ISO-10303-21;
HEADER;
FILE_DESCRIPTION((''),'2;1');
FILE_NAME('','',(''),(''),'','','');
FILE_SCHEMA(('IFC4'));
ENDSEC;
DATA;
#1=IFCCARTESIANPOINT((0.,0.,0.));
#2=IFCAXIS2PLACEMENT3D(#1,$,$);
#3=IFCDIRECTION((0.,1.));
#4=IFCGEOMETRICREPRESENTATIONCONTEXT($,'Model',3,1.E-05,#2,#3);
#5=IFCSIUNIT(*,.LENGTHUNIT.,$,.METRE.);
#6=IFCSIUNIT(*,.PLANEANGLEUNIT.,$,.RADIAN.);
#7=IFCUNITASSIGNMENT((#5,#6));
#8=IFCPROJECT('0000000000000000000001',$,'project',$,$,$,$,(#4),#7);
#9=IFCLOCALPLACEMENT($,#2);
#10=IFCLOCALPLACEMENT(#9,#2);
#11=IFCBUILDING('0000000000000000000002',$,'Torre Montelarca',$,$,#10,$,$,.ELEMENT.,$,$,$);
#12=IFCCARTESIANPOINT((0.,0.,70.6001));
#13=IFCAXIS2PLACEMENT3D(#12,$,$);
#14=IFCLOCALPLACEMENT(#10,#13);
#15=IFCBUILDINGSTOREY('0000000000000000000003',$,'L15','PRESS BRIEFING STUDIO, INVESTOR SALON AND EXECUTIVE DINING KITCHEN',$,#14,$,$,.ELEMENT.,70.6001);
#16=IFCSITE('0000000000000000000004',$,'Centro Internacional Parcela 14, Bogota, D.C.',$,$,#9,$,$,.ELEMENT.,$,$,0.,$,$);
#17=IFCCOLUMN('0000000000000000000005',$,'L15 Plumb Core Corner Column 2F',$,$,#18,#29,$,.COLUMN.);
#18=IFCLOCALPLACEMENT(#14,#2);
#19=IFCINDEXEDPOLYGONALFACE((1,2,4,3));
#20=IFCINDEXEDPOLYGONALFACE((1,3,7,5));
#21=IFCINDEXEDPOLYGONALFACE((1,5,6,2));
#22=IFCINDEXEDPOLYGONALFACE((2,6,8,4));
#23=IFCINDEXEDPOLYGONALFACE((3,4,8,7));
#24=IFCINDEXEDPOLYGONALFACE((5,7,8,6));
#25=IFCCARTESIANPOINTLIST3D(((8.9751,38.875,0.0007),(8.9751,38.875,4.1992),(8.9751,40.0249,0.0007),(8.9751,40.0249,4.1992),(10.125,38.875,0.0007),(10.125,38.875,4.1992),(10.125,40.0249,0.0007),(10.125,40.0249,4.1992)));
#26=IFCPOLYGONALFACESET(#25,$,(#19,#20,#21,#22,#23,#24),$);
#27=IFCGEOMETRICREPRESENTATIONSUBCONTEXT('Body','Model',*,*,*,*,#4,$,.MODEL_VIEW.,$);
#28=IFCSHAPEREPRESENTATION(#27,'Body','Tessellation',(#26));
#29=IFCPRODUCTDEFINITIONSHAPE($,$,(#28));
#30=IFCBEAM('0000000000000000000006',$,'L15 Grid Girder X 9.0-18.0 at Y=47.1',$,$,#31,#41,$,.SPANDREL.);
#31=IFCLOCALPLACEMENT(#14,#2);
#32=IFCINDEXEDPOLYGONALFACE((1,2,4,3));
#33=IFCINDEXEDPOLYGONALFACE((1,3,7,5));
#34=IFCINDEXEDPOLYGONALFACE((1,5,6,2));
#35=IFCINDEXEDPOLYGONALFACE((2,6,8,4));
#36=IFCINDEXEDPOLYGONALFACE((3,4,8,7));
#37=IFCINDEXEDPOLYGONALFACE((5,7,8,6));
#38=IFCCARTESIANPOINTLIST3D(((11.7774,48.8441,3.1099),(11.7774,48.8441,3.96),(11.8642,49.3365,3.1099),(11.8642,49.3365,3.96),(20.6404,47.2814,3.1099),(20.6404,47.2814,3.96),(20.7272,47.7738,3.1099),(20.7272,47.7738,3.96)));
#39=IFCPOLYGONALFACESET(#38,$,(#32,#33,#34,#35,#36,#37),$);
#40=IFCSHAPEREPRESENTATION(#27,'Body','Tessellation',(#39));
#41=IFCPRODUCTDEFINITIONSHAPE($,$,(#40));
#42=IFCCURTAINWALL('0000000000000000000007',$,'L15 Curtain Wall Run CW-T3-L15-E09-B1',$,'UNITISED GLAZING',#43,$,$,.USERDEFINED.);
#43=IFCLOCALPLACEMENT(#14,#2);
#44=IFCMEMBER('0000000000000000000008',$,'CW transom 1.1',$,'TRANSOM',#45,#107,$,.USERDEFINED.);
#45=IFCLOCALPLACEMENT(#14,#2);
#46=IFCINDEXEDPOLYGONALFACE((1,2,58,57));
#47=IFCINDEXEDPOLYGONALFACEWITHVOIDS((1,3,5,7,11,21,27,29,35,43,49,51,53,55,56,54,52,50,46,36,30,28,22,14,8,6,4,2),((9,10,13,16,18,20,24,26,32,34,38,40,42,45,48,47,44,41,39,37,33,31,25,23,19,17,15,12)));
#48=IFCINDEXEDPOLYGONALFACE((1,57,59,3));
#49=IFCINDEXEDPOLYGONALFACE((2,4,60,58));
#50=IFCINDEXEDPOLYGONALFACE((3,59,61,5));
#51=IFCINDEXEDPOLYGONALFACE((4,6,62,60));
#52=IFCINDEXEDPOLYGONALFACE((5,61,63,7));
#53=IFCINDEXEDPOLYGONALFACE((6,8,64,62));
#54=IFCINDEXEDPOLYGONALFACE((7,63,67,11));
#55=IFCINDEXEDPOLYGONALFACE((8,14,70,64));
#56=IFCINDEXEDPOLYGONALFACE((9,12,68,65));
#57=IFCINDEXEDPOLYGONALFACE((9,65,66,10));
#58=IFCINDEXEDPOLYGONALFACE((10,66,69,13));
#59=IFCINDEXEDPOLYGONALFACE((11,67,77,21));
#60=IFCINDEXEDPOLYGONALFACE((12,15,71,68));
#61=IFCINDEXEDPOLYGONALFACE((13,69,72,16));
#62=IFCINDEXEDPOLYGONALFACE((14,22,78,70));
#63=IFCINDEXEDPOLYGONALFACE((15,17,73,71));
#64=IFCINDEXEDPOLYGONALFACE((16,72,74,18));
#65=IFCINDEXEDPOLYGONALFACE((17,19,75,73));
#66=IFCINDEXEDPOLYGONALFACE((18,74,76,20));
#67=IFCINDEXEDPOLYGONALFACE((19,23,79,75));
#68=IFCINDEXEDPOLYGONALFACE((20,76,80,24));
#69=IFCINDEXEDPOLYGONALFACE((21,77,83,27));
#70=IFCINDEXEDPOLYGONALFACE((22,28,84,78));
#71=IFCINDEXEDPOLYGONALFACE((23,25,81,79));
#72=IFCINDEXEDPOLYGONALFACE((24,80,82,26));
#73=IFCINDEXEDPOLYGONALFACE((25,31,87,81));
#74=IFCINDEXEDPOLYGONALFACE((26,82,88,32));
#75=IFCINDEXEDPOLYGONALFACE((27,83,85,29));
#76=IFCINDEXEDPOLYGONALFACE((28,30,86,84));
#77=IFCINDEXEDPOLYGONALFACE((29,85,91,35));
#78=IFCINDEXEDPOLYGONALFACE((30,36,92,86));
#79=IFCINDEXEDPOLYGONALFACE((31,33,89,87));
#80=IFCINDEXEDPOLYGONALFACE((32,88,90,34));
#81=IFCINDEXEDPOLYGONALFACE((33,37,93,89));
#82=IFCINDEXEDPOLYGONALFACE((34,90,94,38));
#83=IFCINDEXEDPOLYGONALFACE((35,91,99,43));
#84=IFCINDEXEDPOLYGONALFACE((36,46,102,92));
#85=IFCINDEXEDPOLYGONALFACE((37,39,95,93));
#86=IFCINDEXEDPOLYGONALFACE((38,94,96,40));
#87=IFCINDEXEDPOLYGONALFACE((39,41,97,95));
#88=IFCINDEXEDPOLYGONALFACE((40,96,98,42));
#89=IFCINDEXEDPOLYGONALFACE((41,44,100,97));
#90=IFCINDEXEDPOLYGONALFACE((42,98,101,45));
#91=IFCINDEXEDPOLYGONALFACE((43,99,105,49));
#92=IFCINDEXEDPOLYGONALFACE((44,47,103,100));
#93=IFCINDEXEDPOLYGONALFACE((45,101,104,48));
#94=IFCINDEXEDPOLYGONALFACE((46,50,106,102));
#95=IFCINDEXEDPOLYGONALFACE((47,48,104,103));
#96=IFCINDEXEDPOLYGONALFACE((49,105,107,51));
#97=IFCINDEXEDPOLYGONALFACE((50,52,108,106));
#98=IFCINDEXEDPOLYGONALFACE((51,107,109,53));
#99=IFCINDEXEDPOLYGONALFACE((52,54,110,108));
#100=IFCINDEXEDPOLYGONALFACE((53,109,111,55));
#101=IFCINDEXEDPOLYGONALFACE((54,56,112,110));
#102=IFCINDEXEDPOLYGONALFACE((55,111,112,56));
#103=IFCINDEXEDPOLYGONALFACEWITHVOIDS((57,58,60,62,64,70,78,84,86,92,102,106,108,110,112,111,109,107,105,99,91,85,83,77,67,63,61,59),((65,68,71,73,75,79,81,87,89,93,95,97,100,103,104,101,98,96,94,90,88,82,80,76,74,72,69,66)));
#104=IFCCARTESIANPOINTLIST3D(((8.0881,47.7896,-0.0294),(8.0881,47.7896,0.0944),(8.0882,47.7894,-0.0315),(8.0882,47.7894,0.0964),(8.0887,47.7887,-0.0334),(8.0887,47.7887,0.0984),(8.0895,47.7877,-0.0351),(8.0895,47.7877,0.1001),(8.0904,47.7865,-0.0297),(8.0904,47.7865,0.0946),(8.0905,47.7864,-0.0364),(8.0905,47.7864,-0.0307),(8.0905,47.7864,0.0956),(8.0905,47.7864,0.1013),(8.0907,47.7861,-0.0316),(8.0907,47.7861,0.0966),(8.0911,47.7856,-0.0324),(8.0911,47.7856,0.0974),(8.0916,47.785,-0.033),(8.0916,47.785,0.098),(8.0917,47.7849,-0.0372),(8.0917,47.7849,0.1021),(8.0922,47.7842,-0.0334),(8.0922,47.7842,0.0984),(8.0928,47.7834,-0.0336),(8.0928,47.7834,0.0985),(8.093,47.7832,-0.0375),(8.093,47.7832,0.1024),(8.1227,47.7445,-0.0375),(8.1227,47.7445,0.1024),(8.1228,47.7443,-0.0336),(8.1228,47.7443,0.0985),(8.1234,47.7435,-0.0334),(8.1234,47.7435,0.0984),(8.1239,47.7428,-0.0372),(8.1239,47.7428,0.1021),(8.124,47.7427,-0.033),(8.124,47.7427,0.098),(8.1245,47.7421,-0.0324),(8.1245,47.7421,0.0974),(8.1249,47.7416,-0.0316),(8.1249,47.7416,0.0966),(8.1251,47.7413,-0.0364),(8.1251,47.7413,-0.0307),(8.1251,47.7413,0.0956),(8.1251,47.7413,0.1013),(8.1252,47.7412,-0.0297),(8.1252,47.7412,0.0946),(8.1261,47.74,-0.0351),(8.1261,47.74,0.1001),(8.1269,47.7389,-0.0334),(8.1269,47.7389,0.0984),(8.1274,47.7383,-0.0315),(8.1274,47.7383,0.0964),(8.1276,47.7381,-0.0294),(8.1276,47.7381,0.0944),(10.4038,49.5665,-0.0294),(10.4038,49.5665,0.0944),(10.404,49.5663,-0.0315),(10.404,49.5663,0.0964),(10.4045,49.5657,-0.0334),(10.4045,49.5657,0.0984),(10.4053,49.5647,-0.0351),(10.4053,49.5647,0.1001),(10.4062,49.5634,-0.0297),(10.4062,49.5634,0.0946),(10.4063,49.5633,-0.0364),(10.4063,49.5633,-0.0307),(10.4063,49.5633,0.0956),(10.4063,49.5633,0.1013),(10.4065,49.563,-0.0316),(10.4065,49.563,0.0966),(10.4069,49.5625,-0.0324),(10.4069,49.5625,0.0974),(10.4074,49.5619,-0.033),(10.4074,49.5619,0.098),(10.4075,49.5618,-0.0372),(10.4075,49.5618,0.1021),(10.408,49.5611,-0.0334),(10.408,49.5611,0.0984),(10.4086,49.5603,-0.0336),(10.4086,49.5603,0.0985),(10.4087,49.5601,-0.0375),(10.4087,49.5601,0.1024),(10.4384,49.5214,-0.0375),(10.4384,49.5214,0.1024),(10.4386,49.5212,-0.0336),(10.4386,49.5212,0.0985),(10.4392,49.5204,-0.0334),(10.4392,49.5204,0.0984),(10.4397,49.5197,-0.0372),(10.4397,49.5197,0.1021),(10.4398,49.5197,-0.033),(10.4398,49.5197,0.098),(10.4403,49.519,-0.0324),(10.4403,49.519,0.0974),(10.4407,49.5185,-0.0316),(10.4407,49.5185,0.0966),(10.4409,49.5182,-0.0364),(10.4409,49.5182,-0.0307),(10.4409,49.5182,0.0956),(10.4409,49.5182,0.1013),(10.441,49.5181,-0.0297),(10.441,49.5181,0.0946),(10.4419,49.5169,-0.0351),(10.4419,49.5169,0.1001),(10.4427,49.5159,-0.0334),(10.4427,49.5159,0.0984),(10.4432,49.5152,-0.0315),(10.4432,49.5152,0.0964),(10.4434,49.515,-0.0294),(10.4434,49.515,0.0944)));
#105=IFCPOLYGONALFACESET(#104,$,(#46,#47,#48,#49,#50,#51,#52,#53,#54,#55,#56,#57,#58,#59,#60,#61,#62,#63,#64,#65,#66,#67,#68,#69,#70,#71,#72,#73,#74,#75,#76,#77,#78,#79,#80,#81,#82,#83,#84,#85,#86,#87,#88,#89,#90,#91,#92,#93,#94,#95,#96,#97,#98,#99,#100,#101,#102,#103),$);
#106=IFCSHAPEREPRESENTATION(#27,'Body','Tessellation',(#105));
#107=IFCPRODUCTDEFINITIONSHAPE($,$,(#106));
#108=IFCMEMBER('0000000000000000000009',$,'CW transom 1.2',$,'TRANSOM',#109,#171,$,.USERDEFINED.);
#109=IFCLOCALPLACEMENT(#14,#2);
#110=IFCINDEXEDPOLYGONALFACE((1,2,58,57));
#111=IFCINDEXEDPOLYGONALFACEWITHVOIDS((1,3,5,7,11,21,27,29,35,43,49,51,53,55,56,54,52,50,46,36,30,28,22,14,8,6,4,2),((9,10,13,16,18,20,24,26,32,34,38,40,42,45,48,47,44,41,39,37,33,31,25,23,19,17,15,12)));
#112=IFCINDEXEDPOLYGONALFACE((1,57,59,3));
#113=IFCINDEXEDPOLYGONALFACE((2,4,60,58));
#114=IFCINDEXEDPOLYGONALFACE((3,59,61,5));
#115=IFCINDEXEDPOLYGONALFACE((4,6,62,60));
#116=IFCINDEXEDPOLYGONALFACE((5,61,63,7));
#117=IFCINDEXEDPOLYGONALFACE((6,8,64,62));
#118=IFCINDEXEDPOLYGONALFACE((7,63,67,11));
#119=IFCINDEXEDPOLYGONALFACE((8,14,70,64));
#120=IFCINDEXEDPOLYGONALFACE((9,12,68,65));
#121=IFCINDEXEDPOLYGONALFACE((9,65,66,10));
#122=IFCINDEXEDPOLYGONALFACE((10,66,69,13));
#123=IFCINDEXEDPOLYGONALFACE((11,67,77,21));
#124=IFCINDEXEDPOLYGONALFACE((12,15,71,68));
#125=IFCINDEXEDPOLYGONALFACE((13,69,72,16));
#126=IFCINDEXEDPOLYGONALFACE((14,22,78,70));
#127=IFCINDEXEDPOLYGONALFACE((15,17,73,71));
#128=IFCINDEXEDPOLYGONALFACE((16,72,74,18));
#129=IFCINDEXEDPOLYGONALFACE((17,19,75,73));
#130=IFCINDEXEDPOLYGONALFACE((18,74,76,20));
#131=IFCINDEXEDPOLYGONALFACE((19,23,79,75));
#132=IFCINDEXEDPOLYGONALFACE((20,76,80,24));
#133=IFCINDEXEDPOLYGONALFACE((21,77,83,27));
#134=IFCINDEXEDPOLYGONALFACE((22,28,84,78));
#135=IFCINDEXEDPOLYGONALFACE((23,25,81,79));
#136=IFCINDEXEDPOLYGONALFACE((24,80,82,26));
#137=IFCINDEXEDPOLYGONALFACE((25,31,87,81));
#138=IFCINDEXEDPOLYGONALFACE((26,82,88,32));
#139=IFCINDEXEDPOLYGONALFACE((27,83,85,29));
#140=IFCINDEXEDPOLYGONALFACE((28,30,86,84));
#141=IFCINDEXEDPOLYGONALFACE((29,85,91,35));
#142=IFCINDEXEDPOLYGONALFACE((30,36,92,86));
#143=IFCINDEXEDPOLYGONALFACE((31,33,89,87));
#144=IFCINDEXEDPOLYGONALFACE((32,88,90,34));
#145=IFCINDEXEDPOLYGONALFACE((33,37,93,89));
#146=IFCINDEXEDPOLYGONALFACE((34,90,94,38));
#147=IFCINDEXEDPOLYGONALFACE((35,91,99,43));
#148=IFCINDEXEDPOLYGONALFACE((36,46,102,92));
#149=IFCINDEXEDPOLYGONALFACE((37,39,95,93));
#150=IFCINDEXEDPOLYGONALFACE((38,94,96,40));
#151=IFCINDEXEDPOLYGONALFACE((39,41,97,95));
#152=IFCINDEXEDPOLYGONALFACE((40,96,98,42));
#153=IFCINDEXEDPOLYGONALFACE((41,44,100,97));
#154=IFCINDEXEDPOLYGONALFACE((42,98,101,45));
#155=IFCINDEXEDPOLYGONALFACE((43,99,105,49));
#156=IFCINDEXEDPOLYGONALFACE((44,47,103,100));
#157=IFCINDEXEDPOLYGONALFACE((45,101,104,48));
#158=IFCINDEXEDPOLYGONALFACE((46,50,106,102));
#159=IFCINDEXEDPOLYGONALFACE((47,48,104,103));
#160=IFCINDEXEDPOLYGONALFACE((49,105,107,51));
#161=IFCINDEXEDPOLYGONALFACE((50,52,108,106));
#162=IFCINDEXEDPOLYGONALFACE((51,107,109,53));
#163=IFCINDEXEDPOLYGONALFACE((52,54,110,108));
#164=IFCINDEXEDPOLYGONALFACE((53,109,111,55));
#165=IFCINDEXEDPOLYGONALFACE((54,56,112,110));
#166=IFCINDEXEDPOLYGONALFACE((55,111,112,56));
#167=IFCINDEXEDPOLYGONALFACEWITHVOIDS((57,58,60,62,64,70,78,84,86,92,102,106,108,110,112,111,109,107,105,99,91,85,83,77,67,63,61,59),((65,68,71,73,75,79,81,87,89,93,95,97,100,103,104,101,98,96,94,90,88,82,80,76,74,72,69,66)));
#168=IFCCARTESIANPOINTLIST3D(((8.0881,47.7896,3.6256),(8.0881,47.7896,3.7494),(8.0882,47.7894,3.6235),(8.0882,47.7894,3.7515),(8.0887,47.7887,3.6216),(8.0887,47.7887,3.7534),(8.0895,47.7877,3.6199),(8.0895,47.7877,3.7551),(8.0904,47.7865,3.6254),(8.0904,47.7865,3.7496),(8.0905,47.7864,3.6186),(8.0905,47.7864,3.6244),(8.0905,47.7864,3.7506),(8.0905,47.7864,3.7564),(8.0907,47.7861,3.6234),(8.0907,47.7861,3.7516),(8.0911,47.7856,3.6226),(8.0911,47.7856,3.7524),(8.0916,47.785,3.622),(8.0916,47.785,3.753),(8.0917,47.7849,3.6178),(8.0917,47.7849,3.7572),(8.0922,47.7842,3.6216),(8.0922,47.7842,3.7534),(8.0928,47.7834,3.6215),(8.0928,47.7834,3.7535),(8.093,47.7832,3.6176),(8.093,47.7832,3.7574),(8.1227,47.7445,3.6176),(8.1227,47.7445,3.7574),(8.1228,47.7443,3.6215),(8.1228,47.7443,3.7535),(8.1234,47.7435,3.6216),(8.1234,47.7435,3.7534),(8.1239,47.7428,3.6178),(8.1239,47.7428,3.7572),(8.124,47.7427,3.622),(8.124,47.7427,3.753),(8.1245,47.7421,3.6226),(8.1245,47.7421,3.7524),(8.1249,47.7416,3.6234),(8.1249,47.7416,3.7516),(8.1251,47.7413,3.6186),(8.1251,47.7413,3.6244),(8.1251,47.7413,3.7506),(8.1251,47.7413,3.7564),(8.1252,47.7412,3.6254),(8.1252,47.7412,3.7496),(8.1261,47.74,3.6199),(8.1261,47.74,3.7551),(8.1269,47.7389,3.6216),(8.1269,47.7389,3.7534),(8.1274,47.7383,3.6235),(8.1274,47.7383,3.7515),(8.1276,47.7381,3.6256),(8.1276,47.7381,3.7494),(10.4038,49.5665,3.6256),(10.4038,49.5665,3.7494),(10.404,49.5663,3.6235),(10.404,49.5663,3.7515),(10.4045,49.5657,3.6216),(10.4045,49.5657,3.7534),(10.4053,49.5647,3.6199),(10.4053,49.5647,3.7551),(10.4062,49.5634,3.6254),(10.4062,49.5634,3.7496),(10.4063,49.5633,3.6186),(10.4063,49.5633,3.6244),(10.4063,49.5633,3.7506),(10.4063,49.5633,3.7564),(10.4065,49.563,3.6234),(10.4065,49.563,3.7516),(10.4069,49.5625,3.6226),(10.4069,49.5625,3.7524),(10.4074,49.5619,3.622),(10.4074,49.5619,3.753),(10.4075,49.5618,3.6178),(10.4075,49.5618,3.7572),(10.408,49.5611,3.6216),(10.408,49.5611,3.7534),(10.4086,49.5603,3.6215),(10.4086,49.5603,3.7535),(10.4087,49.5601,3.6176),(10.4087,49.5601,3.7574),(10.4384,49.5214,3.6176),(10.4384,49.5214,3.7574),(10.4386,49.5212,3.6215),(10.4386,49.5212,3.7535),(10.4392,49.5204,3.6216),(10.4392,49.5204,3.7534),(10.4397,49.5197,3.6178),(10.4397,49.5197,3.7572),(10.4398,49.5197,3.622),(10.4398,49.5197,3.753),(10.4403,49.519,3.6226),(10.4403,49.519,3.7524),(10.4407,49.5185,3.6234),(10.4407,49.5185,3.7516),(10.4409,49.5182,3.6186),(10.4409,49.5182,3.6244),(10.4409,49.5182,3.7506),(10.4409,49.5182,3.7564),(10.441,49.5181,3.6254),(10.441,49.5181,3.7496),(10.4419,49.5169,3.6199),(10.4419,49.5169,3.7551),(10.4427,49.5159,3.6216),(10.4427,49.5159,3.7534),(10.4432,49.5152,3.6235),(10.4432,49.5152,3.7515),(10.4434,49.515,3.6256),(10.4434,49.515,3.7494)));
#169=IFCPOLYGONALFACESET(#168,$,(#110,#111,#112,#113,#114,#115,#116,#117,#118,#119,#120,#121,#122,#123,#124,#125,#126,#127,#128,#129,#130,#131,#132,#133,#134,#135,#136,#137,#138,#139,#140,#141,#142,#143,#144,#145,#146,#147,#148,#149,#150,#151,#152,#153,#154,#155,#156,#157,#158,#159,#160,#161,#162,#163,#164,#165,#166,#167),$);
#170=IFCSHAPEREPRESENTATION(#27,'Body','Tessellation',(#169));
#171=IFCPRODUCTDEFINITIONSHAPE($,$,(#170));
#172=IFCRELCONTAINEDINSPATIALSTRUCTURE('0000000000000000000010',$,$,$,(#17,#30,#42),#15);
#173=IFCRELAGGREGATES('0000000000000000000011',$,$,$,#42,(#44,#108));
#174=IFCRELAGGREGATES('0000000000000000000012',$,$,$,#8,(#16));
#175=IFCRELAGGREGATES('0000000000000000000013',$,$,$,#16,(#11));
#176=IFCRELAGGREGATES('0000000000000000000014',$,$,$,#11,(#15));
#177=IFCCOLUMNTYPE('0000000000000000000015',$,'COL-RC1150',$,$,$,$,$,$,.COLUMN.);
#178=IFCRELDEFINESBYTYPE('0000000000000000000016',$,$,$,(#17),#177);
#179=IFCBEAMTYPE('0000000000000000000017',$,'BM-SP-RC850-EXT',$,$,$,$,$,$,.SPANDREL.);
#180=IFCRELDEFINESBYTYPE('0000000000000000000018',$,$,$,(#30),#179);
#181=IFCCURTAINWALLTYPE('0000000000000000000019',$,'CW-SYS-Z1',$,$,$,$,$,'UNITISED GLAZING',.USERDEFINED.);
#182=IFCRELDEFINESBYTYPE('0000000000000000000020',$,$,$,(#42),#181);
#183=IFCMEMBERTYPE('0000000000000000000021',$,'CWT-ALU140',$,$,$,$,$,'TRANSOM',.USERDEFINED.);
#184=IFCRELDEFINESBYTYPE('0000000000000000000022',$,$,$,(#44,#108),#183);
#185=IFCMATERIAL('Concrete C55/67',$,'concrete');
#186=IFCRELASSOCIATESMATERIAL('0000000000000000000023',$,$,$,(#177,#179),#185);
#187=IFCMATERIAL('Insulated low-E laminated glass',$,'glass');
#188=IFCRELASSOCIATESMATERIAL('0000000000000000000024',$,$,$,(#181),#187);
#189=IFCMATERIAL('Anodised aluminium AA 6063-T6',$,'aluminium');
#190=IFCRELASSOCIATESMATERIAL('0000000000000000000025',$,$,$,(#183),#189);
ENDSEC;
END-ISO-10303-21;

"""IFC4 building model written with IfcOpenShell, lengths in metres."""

from ifc_helpers import new_model, si_unit, direction, frame, origin, origin_2d, place, context, subcontext, project, spatial, rectangle, hollow_rectangle, extrude, source, transform, mapped, material, material_profile, profile_set, type_object, element, aggregate, save


model = new_model("IFC4")

# Units and contexts
model_context = context("Model", 3, precision=1e-05, world=origin(), true_north=direction((0.0, 1.0)))
body_context = subcontext(model_context, "Body", "Model", "MODEL_VIEW")
ifc_project = project(units=[si_unit("LENGTHUNIT", "METRE"), si_unit("PLANEANGLEUNIT", "RADIAN")], contexts=[model_context])

# Site, building, storey
site_placement = place(None, origin())
site = spatial("IfcSite", under=ifc_project, at=site_placement, Name="Centro Internacional Parcela 14, Bogota, D.C.", CompositionType="ELEMENT", RefElevation=0.0)
building_placement = place(site_placement, origin())
building = spatial("IfcBuilding", under=site, at=building_placement, Name="Torre Montelarca", CompositionType="ELEMENT")
storey_placement = place(building_placement, frame((0.0, 0.0, 70.6001)))
storey = spatial("IfcBuildingStorey", under=building, at=storey_placement, Name="L15", Description="PRESS BRIEFING STUDIO, INVESTOR SALON AND EXECUTIVE DINING KITCHEN", CompositionType="ELEMENT", Elevation=70.6001)

# Column
ifc_material_1 = material(Name="Concrete C55/67", Category="concrete")
ifc_material_profile_1 = material_profile(ifc_material_1, rectangle(XDim=1.1499, YDim=1.1499, at=origin_2d()), Name="RC1150X1150", Category="concrete")
ifc_profile_set_1 = profile_set([ifc_material_profile_1], Name="Concrete C55/67")
column_type_1 = type_object("IfcColumnType", Name="COL-RC1150", PredefinedType="COLUMN", material=ifc_profile_set_1)
shared_shape_1 = source(origin(), body_context, "Body", "SweptSolid", [
    extrude(rectangle(XDim=1.1499, YDim=1.1499, at=origin_2d()), origin(), (0.0, 0.0, 1.0), 4.1985),
])
column_1_placement = place(storey_placement, frame((9.55, 39.45, 0.0007), z_axis=(0.0, 0.0, 1.0), x_axis=(1.0, 0.0, 0.0)))
element("IfcColumn", 1, at=column_1_placement, inside=storey, type_object=column_type_1, Name="L15 Plumb Core Corner Column 2F", PredefinedType="COLUMN", context=body_context, shape_type="MappedRepresentation", body=[
    mapped(shared_shape_1, transform((0.0, 0.0, 0.0), scale=1.0)),
])

# Beam
ifc_material_profile_2 = material_profile(ifc_material_1, rectangle(XDim=0.5, YDim=0.8501, at=origin_2d()), Name="RCB500X850", Category="concrete")
ifc_profile_set_2 = profile_set([ifc_material_profile_2], Name="Concrete C55/67")
beam_type = type_object("IfcBeamType", Name="BM-SP-RC850-EXT", PredefinedType="SPANDREL", material=ifc_profile_set_2)
shared_shape_2 = source(origin(), body_context, "Body", "SweptSolid", [
    extrude(rectangle(XDim=0.5, YDim=0.8501, at=origin_2d()), origin(), (0.0, 0.0, 1.0), 8.9998),
])
beam_placement = place(storey_placement, frame((11.8208, 49.0903, 3.5349), z_axis=(0.984809, -0.173643, 0.0), x_axis=(0.173643, 0.984809, 0.0)))
element("IfcBeam", 2, at=beam_placement, inside=storey, type_object=beam_type, Name="L15 Grid Girder X 9.0-18.0 at Y=47.1", PredefinedType="SPANDREL", context=body_context, shape_type="MappedRepresentation", body=[
    mapped(shared_shape_2, transform((0.0, 0.0, 0.0), scale=1.0)),
])

# Curtain wall, members
ifc_material_2 = material(Name="Insulated low-E laminated glass", Category="glass")
curtain_wall_type = type_object("IfcCurtainWallType", Name="CW-SYS-Z1", ElementType="UNITISED GLAZING", PredefinedType="USERDEFINED", material=ifc_material_2)
curtain_wall_1_placement = place(storey_placement, origin())
curtain_wall_1 = element("IfcCurtainWall", 3, at=curtain_wall_1_placement, inside=storey, type_object=curtain_wall_type, Name="L15 Curtain Wall Run CW-T3-L15-E09-B1", ObjectType="UNITISED GLAZING", PredefinedType="USERDEFINED")
ifc_material_3 = material(Name="Anodised aluminium AA 6063-T6", Category="aluminium")
ifc_material_profile_3 = material_profile(ifc_material_3, hollow_rectangle(XDim=0.0649, YDim=0.1399, WallThickness=0.0039, InnerFilletRadius=0.0039, OuterFilletRadius=0.0081, at=origin_2d()), Name="ALU65X140X4", Category="aluminium")
ifc_profile_set_3 = profile_set([ifc_material_profile_3], Name="Anodised aluminium AA 6063-T6")
member_type_1 = type_object("IfcMemberType", Name="CWT-ALU140", ElementType="TRANSOM", PredefinedType="USERDEFINED", material=ifc_profile_set_3)
shared_shape_3 = source(origin(), body_context, "Body", "SweptSolid", [
    extrude(hollow_rectangle(XDim=0.0649, YDim=0.1399, WallThickness=0.0039, InnerFilletRadius=0.0039, OuterFilletRadius=0.0081, at=origin_2d()), origin(), (0.0, 0.0, 1.0), 2.9189),
])
member_1_placement = place(storey_placement, frame((10.4236, 49.5408, 0.0325), z_axis=(-0.793357, -0.608756, 0.0), x_axis=(0.608756, -0.793357, 0.0)))
member_1 = element("IfcMember", 4, at=member_1_placement, type_object=member_type_1, Name="CW transom 1.1", ObjectType="TRANSOM", PredefinedType="USERDEFINED", context=body_context, shape_type="MappedRepresentation", body=[
    mapped(shared_shape_3, transform((0.0, 0.0, 0.0), scale=1.0)),
])
member_2_placement = place(storey_placement, frame((10.4236, 49.5408, 3.6875), z_axis=(-0.793357, -0.608756, 0.0), x_axis=(0.608756, -0.793357, 0.0)))
member_2 = element("IfcMember", 5, at=member_2_placement, type_object=member_type_1, Name="CW transom 1.2", ObjectType="TRANSOM", PredefinedType="USERDEFINED", context=body_context, shape_type="MappedRepresentation", body=[
    mapped(shared_shape_3, transform((0.0, 0.0, 0.0), scale=1.0)),
])

aggregate(curtain_wall_1, [member_1, member_2])

save(model, "model.ifc")
